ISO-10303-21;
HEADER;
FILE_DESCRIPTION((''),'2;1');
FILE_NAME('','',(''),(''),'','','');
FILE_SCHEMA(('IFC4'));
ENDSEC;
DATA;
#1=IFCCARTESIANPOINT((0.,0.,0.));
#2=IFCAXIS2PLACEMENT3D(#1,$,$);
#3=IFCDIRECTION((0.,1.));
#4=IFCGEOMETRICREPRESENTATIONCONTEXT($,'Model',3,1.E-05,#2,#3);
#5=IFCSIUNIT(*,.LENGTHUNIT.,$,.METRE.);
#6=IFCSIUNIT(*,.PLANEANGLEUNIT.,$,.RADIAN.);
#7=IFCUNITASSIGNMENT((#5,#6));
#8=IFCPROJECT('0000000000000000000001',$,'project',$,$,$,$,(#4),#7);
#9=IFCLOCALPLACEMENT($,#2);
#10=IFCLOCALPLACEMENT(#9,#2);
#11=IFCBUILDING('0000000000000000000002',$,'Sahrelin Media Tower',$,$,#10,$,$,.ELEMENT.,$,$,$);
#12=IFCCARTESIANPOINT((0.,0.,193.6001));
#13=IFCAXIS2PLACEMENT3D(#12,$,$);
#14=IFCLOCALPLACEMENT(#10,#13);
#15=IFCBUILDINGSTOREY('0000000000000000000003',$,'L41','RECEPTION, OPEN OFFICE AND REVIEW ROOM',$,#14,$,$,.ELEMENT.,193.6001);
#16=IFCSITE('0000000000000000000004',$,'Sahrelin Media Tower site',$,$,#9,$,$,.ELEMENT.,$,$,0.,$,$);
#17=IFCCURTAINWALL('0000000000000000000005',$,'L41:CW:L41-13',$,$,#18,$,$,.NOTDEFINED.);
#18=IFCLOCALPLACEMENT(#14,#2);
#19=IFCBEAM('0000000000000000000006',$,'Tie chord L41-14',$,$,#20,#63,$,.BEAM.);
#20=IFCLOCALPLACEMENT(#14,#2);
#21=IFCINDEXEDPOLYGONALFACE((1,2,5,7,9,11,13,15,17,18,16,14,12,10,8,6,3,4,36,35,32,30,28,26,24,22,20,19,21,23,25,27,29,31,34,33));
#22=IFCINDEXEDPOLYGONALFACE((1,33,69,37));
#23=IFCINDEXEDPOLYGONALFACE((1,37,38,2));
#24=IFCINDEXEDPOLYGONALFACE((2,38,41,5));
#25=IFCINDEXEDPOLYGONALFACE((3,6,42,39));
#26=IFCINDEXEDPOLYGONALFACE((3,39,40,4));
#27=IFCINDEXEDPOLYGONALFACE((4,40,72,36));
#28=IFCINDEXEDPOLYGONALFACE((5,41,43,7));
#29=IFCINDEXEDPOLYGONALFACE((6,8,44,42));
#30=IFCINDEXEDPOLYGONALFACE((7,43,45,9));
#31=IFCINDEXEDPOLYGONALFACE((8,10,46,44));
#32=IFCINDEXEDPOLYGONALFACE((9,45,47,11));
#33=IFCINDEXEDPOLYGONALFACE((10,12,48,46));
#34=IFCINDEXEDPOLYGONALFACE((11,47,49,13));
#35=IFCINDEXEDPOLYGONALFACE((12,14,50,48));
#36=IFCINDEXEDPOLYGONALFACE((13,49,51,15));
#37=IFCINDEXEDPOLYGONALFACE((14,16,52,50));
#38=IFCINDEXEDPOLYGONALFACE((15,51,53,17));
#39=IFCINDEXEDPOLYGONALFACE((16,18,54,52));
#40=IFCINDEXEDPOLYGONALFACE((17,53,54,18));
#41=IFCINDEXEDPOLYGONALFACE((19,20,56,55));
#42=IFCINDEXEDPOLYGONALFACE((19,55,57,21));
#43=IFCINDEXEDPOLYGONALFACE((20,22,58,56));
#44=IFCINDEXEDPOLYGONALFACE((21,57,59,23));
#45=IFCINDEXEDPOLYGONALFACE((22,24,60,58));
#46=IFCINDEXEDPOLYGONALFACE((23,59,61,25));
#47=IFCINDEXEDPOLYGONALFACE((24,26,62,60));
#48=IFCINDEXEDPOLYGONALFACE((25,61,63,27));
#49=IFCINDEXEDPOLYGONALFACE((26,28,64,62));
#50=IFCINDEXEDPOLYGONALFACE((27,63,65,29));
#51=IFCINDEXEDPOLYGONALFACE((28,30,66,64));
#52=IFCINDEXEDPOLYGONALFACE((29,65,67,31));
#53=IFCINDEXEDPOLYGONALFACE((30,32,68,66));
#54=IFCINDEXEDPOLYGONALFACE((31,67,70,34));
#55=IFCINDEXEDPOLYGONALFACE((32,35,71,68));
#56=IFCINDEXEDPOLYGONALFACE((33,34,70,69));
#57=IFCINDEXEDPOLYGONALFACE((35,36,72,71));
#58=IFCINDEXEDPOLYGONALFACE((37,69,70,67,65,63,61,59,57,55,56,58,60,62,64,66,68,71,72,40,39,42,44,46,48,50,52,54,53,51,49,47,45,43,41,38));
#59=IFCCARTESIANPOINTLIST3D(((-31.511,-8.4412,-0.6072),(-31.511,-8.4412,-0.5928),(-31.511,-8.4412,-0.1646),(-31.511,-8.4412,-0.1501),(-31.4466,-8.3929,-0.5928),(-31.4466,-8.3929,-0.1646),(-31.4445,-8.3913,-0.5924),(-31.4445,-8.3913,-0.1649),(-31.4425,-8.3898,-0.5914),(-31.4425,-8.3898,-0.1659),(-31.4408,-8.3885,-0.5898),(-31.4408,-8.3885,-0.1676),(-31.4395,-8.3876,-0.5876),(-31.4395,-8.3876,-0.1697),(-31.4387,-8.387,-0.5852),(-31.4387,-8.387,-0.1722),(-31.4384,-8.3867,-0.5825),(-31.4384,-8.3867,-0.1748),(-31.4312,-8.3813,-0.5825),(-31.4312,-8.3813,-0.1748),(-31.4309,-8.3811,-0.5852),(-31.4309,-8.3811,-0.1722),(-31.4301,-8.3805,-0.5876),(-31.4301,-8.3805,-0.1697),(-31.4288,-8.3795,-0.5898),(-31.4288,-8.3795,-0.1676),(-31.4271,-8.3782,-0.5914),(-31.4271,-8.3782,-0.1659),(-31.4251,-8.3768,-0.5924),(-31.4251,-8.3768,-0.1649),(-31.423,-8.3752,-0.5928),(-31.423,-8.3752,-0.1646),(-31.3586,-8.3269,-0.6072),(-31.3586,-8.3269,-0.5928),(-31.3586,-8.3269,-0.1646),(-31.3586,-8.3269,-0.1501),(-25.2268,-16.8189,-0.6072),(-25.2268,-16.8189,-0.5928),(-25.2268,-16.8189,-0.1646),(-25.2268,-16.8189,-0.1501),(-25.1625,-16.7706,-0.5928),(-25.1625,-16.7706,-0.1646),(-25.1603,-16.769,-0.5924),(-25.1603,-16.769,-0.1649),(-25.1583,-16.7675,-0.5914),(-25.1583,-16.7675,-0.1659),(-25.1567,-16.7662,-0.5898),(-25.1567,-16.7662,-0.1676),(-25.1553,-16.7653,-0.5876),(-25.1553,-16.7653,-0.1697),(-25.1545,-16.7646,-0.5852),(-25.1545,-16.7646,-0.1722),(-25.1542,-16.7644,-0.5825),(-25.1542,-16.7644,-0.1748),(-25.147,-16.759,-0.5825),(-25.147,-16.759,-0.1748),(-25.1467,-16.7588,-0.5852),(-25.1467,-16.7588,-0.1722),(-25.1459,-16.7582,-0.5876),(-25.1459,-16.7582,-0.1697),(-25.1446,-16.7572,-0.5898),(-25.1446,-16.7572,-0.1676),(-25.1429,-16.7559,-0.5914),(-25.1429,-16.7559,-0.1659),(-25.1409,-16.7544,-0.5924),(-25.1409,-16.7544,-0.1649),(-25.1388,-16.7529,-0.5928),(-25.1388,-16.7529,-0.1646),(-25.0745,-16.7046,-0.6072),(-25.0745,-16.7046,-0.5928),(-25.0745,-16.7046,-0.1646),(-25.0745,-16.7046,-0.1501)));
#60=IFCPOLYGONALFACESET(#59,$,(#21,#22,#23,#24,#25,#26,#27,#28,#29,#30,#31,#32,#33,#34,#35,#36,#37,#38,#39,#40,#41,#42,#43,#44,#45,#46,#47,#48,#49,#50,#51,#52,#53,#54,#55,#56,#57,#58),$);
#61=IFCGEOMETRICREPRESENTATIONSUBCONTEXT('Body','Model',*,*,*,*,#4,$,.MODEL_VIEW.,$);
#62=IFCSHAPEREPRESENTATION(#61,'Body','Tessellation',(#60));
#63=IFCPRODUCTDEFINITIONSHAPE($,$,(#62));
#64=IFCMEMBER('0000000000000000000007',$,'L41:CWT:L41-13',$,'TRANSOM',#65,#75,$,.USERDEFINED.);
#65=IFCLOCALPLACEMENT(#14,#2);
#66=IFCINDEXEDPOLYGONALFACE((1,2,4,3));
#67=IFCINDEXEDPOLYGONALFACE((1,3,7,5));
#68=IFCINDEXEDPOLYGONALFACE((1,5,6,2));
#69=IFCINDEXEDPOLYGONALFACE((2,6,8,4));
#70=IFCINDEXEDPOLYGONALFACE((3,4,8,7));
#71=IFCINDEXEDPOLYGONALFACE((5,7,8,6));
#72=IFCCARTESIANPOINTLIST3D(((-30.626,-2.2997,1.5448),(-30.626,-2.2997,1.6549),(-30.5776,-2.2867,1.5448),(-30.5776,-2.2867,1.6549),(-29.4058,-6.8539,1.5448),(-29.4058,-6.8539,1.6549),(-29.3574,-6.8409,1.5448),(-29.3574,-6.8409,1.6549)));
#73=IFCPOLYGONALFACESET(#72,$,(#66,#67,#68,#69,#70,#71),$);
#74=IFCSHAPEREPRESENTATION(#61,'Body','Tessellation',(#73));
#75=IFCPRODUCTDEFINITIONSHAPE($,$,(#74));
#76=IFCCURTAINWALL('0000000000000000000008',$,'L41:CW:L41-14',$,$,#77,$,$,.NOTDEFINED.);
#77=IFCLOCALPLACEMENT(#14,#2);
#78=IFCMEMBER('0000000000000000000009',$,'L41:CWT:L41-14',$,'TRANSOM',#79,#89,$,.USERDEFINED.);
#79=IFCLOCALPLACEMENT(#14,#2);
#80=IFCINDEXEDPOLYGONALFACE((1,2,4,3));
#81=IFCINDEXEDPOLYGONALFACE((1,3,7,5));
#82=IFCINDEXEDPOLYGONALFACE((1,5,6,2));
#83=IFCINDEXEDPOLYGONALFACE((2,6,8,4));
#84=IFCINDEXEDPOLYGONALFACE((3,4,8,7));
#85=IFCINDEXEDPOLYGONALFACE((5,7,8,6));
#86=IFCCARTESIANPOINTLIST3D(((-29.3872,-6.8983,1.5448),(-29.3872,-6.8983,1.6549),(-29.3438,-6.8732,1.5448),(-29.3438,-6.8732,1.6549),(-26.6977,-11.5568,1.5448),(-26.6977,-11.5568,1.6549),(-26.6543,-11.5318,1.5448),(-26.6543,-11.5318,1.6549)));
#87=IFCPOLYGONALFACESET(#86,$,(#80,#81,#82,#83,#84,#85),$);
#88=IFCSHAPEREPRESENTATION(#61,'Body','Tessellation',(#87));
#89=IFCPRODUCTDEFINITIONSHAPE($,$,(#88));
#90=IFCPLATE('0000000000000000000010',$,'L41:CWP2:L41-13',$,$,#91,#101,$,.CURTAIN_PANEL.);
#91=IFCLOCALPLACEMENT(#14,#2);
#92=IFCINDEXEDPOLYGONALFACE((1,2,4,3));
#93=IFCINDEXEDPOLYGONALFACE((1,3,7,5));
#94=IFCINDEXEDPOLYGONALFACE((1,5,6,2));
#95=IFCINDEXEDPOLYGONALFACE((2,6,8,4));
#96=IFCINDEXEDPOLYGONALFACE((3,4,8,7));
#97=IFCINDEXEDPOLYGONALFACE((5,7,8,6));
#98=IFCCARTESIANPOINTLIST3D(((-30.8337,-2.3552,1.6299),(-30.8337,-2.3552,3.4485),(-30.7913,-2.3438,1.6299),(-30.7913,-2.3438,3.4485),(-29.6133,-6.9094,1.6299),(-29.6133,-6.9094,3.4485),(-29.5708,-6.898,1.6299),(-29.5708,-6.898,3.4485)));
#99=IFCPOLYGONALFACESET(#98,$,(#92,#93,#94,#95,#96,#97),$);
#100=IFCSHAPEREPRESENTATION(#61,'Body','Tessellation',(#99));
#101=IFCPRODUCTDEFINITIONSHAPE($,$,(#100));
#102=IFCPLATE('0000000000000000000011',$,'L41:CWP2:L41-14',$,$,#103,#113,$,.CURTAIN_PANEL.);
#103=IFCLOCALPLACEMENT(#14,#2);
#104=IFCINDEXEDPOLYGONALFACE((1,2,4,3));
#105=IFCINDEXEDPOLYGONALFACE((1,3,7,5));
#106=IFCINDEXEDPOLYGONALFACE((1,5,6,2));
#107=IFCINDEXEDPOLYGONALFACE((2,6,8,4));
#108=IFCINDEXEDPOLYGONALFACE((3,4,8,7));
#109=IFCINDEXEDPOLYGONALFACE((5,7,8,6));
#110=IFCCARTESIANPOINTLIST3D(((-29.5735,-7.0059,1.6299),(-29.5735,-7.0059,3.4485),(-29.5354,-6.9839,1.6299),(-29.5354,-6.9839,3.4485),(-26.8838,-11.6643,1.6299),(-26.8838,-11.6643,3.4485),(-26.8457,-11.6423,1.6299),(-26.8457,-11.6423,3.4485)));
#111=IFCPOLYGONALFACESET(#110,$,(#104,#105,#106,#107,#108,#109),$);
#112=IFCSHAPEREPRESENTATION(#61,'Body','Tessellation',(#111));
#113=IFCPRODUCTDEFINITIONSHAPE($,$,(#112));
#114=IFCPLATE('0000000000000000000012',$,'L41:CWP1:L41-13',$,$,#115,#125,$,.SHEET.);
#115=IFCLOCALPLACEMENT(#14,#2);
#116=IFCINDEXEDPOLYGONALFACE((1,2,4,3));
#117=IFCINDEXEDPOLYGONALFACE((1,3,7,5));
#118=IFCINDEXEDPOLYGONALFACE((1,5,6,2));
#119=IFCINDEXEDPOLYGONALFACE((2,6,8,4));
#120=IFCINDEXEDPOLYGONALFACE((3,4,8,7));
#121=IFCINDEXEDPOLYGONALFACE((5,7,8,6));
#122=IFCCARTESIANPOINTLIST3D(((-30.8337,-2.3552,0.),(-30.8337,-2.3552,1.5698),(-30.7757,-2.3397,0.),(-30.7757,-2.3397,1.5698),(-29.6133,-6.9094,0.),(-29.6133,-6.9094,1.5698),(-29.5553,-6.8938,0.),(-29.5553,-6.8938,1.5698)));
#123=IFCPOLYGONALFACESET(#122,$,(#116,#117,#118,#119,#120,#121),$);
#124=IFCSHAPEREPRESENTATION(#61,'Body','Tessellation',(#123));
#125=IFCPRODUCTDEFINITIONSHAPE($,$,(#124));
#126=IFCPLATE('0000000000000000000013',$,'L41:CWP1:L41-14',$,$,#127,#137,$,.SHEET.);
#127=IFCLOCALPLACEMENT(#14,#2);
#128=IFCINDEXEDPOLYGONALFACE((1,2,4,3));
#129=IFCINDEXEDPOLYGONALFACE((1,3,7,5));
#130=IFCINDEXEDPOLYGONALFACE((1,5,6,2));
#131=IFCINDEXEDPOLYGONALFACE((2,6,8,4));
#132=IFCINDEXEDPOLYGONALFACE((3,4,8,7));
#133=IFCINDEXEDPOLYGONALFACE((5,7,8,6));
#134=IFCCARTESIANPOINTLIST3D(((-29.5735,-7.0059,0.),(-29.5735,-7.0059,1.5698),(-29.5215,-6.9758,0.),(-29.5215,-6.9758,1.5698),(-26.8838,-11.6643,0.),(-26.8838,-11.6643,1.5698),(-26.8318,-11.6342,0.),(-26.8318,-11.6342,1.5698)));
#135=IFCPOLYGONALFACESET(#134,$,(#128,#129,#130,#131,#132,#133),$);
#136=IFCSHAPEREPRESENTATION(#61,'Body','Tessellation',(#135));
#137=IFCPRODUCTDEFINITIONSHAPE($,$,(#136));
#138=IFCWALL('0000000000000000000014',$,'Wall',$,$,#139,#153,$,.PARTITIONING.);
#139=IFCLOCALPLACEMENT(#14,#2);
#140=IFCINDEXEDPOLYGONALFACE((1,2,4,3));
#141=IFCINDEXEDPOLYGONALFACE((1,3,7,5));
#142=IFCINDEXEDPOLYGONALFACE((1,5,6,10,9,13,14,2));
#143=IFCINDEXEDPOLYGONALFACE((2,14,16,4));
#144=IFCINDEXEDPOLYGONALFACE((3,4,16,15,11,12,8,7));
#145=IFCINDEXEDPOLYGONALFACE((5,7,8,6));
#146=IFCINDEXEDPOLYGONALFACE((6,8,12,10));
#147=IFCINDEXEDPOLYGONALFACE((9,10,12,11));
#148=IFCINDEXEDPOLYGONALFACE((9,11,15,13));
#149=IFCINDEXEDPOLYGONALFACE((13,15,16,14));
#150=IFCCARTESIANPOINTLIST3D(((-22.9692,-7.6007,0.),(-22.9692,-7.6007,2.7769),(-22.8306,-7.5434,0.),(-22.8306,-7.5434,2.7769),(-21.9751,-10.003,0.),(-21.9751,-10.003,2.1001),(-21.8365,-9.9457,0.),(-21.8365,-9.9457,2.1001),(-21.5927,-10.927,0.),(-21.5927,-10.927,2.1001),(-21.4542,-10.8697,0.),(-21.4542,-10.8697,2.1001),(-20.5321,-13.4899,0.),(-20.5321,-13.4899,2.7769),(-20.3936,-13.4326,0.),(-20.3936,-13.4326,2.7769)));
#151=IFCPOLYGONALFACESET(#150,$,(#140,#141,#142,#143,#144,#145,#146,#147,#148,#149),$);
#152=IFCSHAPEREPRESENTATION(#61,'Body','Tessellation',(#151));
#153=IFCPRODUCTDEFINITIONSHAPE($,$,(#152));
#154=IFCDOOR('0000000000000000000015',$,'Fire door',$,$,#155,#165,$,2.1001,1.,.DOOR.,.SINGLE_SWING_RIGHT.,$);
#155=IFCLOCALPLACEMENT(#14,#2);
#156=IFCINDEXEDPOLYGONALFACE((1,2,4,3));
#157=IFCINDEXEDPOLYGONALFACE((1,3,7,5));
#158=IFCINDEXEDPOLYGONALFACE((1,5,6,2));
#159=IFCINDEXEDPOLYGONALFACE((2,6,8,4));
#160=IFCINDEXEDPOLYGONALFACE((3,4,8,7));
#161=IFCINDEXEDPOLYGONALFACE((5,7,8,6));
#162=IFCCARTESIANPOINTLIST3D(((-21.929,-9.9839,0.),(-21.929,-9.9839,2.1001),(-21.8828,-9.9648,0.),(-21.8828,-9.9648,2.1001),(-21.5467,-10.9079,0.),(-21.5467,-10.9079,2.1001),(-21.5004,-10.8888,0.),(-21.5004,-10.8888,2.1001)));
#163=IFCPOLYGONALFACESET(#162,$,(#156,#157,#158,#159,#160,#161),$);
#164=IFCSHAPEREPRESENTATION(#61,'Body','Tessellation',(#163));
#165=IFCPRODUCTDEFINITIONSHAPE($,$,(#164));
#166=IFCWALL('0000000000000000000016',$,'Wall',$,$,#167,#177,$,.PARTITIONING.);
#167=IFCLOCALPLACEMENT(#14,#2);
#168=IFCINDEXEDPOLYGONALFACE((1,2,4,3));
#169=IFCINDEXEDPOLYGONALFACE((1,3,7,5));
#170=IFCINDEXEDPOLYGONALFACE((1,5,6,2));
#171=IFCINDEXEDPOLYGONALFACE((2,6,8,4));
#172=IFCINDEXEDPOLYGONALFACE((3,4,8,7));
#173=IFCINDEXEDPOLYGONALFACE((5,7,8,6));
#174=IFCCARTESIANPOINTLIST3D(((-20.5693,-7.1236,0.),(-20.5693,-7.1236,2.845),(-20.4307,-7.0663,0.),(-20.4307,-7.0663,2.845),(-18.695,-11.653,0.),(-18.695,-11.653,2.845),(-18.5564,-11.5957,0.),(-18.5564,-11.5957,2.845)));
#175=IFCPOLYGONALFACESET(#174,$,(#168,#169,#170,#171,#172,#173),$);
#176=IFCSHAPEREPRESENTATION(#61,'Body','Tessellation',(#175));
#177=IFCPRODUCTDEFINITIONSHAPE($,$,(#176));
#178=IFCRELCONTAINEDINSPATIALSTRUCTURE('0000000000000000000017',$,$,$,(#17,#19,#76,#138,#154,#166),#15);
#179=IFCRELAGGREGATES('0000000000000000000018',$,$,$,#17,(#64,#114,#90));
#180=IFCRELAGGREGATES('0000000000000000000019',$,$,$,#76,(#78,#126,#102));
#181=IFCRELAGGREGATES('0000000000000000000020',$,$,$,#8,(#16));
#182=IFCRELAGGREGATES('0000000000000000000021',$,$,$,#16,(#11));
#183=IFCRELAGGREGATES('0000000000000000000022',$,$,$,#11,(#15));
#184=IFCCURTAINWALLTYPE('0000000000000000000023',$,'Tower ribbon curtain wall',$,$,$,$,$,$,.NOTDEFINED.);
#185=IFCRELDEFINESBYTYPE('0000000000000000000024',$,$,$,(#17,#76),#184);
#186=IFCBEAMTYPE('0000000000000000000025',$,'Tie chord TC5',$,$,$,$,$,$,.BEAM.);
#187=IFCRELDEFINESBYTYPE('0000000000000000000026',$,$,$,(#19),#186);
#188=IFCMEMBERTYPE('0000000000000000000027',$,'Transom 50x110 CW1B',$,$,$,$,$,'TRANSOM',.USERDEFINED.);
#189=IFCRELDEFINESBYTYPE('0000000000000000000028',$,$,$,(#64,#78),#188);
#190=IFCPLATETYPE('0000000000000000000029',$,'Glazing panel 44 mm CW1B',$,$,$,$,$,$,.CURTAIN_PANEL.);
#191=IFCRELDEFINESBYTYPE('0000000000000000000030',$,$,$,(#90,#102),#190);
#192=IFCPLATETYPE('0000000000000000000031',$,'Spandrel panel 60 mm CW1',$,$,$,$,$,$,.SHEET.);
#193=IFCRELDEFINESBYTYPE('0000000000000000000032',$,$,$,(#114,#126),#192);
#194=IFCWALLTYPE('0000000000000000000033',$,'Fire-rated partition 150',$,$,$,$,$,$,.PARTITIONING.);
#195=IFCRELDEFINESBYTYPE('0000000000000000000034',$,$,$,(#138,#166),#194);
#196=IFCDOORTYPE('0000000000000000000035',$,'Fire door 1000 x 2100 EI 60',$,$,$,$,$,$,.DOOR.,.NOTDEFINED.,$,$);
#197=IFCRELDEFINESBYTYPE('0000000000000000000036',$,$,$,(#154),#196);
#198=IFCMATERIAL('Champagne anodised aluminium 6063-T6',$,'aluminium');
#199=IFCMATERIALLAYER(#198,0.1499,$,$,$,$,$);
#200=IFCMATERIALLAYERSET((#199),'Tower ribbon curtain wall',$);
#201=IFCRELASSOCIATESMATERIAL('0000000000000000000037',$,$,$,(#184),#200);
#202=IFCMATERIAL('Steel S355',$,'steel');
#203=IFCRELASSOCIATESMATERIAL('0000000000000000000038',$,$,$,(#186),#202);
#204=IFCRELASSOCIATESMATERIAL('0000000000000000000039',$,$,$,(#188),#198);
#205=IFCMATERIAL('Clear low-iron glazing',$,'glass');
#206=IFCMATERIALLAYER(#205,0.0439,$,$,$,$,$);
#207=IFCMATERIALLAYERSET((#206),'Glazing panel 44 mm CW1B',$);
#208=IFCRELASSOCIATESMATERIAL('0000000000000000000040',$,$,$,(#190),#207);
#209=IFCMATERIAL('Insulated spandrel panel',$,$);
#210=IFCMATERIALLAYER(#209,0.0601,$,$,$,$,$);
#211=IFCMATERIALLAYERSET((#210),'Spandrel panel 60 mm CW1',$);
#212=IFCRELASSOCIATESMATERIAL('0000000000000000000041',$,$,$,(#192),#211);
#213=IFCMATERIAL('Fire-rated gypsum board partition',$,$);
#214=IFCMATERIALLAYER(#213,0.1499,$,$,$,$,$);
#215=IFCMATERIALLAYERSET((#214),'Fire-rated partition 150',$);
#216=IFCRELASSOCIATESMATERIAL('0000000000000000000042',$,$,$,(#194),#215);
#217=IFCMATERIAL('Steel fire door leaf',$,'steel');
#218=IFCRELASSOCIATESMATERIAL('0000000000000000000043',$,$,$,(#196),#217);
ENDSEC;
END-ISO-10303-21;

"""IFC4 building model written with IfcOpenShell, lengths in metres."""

from ifc_helpers import new_model, si_unit, direction, frame, frame_2d, origin, origin_2d, place, context, subcontext, project, spatial, polyline, rectangle, i_section, outline, extrude, material, layer, layer_set, material_profile, profile_set, type_object, element, fill, aggregate, save


model = new_model("IFC4")

# Units and contexts
model_context = context("Model", 3, precision=1e-05, world=origin(), true_north=direction((0.0, 1.0)))
body_context = subcontext(model_context, "Body", "Model", "MODEL_VIEW")
ifc_project = project(units=[si_unit("LENGTHUNIT", "METRE"), si_unit("PLANEANGLEUNIT", "RADIAN")], contexts=[model_context])

# Site, building, storey
site_placement = place(None, origin())
site = spatial("IfcSite", under=ifc_project, at=site_placement, Name="Sahrelin Media Tower site", CompositionType="ELEMENT", RefElevation=0.0)
building_placement = place(site_placement, origin())
building = spatial("IfcBuilding", under=site, at=building_placement, Name="Sahrelin Media Tower", CompositionType="ELEMENT")
storey_placement = place(building_placement, frame((0.0, 0.0, 193.6001)))
storey = spatial("IfcBuildingStorey", under=building, at=storey_placement, Name="L41", Description="RECEPTION, OPEN OFFICE AND REVIEW ROOM", CompositionType="ELEMENT", Elevation=193.6001)

# Shared definitions
ifc_material_1 = material(Name="Steel S355", Category="steel")

# Curtain wall
ifc_material_2 = material(Name="Champagne anodised aluminium 6063-T6", Category="aluminium")
ifc_layer_1 = layer(ifc_material_2, 0.1499)
ifc_layer_set_1 = layer_set([ifc_layer_1], Name="Tower ribbon curtain wall")
curtain_wall_type = type_object("IfcCurtainWallType", Name="Tower ribbon curtain wall", PredefinedType="NOTDEFINED", material=ifc_layer_set_1)
curtain_wall_1_placement = place(storey_placement, frame((-30.2041, -4.6272, 0.0), z_axis=(0.0, 0.0, 1.0), x_axis=(1.0, 0.0, 0.0)))
curtain_wall_1 = element("IfcCurtainWall", 1, at=curtain_wall_1_placement, inside=storey, type_object=curtain_wall_type, Name="L41:CW:L41-13", PredefinedType="NOTDEFINED")

# Beam
ifc_material_profile_1 = material_profile(ifc_material_1, i_section(OverallWidth=0.1904, OverallDepth=0.457, WebThickness=0.009, FlangeThickness=0.0144, FilletRadius=0.0103, at=origin_2d()), Name="UB 457x191x74")
ifc_profile_set_1 = profile_set([ifc_material_profile_1], Name="Steel S355")
beam_type_1 = type_object("IfcBeamType", Name="Tie chord TC5", PredefinedType="BEAM", material=ifc_profile_set_1)
beam_1_placement = place(storey_placement, frame((-31.4348, -8.384, -0.3787), z_axis=(0.600056, -0.799958, 0.0), x_axis=(0.799958, 0.600056, 0.0)))
element("IfcBeam", 2, at=beam_1_placement, inside=storey, type_object=beam_type_1, Name="Tie chord L41-14", PredefinedType="BEAM", context=body_context, shape_type="SweptSolid", body=[
    extrude(i_section(OverallWidth=0.1904, OverallDepth=0.457, WebThickness=0.009, FlangeThickness=0.0144, FilletRadius=0.0103, at=origin_2d()), origin(), (0.0, 0.0, 1.0), 10.4727),
])

# Member
ifc_material_profile_2 = material_profile(ifc_material_2, rectangle(XDim=0.05, YDim=0.1101, at=origin_2d()), Name="Transom 50x110")
ifc_profile_set_2 = profile_set([ifc_material_profile_2], Name="Champagne anodised aluminium 6063-T6")
member_type_1 = type_object("IfcMemberType", Name="Transom 50x110 CW1B", ElementType="TRANSOM", PredefinedType="USERDEFINED", material=ifc_profile_set_2)
member_1_placement = place(storey_placement, frame((-30.6018, -2.2932, 1.5999), z_axis=(0.258803, -0.96593, 0.0), x_axis=(0.96593, 0.258803, 0.0)))
member_1 = element("IfcMember", 3, at=member_1_placement, type_object=member_type_1, Name="L41:CWT:L41-13", ObjectType="TRANSOM", PredefinedType="USERDEFINED", context=body_context, shape_type="SweptSolid", body=[
    extrude(rectangle(XDim=0.05, YDim=0.1101, at=origin_2d()), origin(), (0.0, 0.0, 1.0), 4.7148),
])

# Curtain wall, member
curtain_wall_2_placement = place(storey_placement, frame((-28.2112, -9.325, 0.0), z_axis=(0.0, 0.0, 1.0), x_axis=(1.0, 0.0, 0.0)))
curtain_wall_2 = element("IfcCurtainWall", 4, at=curtain_wall_2_placement, inside=storey, type_object=curtain_wall_type, Name="L41:CW:L41-14", PredefinedType="NOTDEFINED")
member_2_placement = place(storey_placement, frame((-29.3655, -6.8857, 1.5999), z_axis=(0.499986, -0.866034, 0.0), x_axis=(0.866034, 0.499986, 0.0)))
member_2 = element("IfcMember", 5, at=member_2_placement, type_object=member_type_1, Name="L41:CWT:L41-14", ObjectType="TRANSOM", PredefinedType="USERDEFINED", context=body_context, shape_type="SweptSolid", body=[
    extrude(rectangle(XDim=0.05, YDim=0.1101, at=origin_2d()), origin(), (0.0, 0.0, 1.0), 5.3792),
])

# Plates
ifc_material_3 = material(Name="Clear low-iron glazing", Category="glass")
ifc_layer_2 = layer(ifc_material_3, 0.0439)
ifc_layer_set_2 = layer_set([ifc_layer_2], Name="Glazing panel 44 mm CW1B")
plate_type_1 = type_object("IfcPlateType", Name="Glazing panel 44 mm CW1B", PredefinedType="CURTAIN_PANEL", material=ifc_layer_set_2)
plate_1_placement = place(storey_placement, frame((-30.8337, -2.3552, 1.6299), z_axis=(-0.965917, -0.258852, 0.0), x_axis=(0.258852, -0.965917, 0.0)))
plate_1 = element("IfcPlate", 6, at=plate_1_placement, type_object=plate_type_1, Name="L41:CWP2:L41-13", PredefinedType="CURTAIN_PANEL", context=body_context, shape_type="SweptSolid", body=[
    extrude(outline(polyline([(0.0, 0.0), (4.7148, 0.0), (4.7148, 1.8186), (0.0, 1.8186), (0.0, 0.0)])), origin(), (0.0, 0.0, -1.0), 0.0439),
])
plate_2_placement = place(storey_placement, frame((-29.5735, -7.0059, 1.6299), z_axis=(-0.866014, -0.50002, 0.0), x_axis=(0.50002, -0.866014, 0.0)))
plate_2 = element("IfcPlate", 7, at=plate_2_placement, type_object=plate_type_1, Name="L41:CWP2:L41-14", PredefinedType="CURTAIN_PANEL", context=body_context, shape_type="SweptSolid", body=[
    extrude(outline(polyline([(0.0, 0.0), (5.3792, 0.0), (5.3792, 1.8186), (0.0, 1.8186), (0.0, 0.0)])), origin(), (0.0, 0.0, -1.0), 0.0439),
])
ifc_material_4 = material(Name="Insulated spandrel panel")
ifc_layer_3 = layer(ifc_material_4, 0.0601)
ifc_layer_set_3 = layer_set([ifc_layer_3], Name="Spandrel panel 60 mm CW1")
plate_type_2 = type_object("IfcPlateType", Name="Spandrel panel 60 mm CW1", PredefinedType="SHEET", material=ifc_layer_set_3)
plate_3_placement = place(storey_placement, frame((-30.8337, -2.3552, 0.0), z_axis=(-0.965917, -0.258852, 0.0), x_axis=(0.258852, -0.965917, 0.0)))
plate_3 = element("IfcPlate", 8, at=plate_3_placement, type_object=plate_type_2, Name="L41:CWP1:L41-13", PredefinedType="SHEET", context=body_context, shape_type="SweptSolid", body=[
    extrude(outline(polyline([(0.0, 0.0), (4.7148, 0.0), (4.7148, 1.5698), (0.0, 1.5698), (0.0, 0.0)])), origin(), (0.0, 0.0, -1.0), 0.0601),
])
aggregate(curtain_wall_1, [member_1, plate_3, plate_1])
plate_4_placement = place(storey_placement, frame((-29.5735, -7.0059, 0.0), z_axis=(-0.866014, -0.50002, 0.0), x_axis=(0.50002, -0.866014, 0.0)))
plate_4 = element("IfcPlate", 9, at=plate_4_placement, type_object=plate_type_2, Name="L41:CWP1:L41-14", PredefinedType="SHEET", context=body_context, shape_type="SweptSolid", body=[
    extrude(outline(polyline([(0.0, 0.0), (5.3792, 0.0), (5.3792, 1.5698), (0.0, 1.5698), (0.0, 0.0)])), origin(), (0.0, 0.0, -1.0), 0.0601),
])
aggregate(curtain_wall_2, [member_2, plate_4, plate_2])

# Wall, opening, door
ifc_material_5 = material(Name="Fire-rated gypsum board partition")
ifc_layer_4 = layer(ifc_material_5, 0.1499)
ifc_layer_set_4 = layer_set([ifc_layer_4], Name="Fire-rated partition 150")
wall_type_1 = type_object("IfcWallType", Name="Fire-rated partition 150", PredefinedType="PARTITIONING", material=ifc_layer_set_4)
wall_1_placement = place(storey_placement, frame((-22.8999, -7.572, 0.0), z_axis=(0.0, 0.0, 1.0), x_axis=(0.382368, -0.92401, 0.0)))
wall_1 = element("IfcWall", 10, at=wall_1_placement, inside=storey, type_object=wall_type_1, Name="Wall", PredefinedType="PARTITIONING", context=body_context, shape_type="SweptSolid", body=[
    extrude(rectangle(XDim=6.3735, YDim=0.1499, at=frame_2d((3.1868, 0.0))), origin(), (0.0, 0.0, 1.0), 2.7769),
])
opening_1_placement = place(wall_1_placement, frame((2.5999, 0.0, 0.0)))
opening_1 = element("IfcOpeningElement", 11, at=opening_1_placement, cuts=wall_1, PredefinedType="OPENING", context=body_context, shape_type="SweptSolid", body=[
    extrude(rectangle(XDim=1.0, YDim=2.1001, at=frame_2d((0.5, 1.05))), frame((0.0, 0.075, 0.0), z_axis=(0.0, -1.0, 0.0), x_axis=(1.0, 0.0, 0.0)), (0.0, 0.0, 1.0), 0.1499),
])
ifc_material_6 = material(Name="Steel fire door leaf", Category="steel")
door_type_1 = type_object("IfcDoorType", Name="Fire door 1000 x 2100 EI 60", OperationType="NOTDEFINED", PredefinedType="DOOR", material=ifc_material_6)
door_1_placement = place(opening_1_placement, origin())
door_1 = element("IfcDoor", 12, at=door_1_placement, inside=storey, type_object=door_type_1, Name="Fire door", OperationType="SINGLE_SWING_RIGHT", OverallHeight=2.1001, OverallWidth=1.0, PredefinedType="DOOR", context=body_context, shape_type="SweptSolid", body=[
    extrude(rectangle(XDim=1.0, YDim=2.1001, at=frame_2d((0.5, 1.05))), frame((0.0, 0.0249, 0.0), z_axis=(0.0, -1.0, 0.0), x_axis=(1.0, 0.0, 0.0)), (0.0, 0.0, 1.0), 0.05),
])
fill(opening_1, door_1)

# Wall
wall_2_placement = place(storey_placement, frame((-20.5, -7.095, 0.0), z_axis=(0.0, 0.0, 1.0), x_axis=(0.382365, -0.924011, 0.0)))
element("IfcWall", 13, at=wall_2_placement, inside=storey, type_object=wall_type_1, Name="Wall", PredefinedType="PARTITIONING", context=body_context, shape_type="SweptSolid", body=[
    extrude(rectangle(XDim=4.9019, YDim=0.1499, at=frame_2d((2.4509, 0.0))), origin(), (0.0, 0.0, 1.0), 2.845),
])

save(model, "model.ifc")
